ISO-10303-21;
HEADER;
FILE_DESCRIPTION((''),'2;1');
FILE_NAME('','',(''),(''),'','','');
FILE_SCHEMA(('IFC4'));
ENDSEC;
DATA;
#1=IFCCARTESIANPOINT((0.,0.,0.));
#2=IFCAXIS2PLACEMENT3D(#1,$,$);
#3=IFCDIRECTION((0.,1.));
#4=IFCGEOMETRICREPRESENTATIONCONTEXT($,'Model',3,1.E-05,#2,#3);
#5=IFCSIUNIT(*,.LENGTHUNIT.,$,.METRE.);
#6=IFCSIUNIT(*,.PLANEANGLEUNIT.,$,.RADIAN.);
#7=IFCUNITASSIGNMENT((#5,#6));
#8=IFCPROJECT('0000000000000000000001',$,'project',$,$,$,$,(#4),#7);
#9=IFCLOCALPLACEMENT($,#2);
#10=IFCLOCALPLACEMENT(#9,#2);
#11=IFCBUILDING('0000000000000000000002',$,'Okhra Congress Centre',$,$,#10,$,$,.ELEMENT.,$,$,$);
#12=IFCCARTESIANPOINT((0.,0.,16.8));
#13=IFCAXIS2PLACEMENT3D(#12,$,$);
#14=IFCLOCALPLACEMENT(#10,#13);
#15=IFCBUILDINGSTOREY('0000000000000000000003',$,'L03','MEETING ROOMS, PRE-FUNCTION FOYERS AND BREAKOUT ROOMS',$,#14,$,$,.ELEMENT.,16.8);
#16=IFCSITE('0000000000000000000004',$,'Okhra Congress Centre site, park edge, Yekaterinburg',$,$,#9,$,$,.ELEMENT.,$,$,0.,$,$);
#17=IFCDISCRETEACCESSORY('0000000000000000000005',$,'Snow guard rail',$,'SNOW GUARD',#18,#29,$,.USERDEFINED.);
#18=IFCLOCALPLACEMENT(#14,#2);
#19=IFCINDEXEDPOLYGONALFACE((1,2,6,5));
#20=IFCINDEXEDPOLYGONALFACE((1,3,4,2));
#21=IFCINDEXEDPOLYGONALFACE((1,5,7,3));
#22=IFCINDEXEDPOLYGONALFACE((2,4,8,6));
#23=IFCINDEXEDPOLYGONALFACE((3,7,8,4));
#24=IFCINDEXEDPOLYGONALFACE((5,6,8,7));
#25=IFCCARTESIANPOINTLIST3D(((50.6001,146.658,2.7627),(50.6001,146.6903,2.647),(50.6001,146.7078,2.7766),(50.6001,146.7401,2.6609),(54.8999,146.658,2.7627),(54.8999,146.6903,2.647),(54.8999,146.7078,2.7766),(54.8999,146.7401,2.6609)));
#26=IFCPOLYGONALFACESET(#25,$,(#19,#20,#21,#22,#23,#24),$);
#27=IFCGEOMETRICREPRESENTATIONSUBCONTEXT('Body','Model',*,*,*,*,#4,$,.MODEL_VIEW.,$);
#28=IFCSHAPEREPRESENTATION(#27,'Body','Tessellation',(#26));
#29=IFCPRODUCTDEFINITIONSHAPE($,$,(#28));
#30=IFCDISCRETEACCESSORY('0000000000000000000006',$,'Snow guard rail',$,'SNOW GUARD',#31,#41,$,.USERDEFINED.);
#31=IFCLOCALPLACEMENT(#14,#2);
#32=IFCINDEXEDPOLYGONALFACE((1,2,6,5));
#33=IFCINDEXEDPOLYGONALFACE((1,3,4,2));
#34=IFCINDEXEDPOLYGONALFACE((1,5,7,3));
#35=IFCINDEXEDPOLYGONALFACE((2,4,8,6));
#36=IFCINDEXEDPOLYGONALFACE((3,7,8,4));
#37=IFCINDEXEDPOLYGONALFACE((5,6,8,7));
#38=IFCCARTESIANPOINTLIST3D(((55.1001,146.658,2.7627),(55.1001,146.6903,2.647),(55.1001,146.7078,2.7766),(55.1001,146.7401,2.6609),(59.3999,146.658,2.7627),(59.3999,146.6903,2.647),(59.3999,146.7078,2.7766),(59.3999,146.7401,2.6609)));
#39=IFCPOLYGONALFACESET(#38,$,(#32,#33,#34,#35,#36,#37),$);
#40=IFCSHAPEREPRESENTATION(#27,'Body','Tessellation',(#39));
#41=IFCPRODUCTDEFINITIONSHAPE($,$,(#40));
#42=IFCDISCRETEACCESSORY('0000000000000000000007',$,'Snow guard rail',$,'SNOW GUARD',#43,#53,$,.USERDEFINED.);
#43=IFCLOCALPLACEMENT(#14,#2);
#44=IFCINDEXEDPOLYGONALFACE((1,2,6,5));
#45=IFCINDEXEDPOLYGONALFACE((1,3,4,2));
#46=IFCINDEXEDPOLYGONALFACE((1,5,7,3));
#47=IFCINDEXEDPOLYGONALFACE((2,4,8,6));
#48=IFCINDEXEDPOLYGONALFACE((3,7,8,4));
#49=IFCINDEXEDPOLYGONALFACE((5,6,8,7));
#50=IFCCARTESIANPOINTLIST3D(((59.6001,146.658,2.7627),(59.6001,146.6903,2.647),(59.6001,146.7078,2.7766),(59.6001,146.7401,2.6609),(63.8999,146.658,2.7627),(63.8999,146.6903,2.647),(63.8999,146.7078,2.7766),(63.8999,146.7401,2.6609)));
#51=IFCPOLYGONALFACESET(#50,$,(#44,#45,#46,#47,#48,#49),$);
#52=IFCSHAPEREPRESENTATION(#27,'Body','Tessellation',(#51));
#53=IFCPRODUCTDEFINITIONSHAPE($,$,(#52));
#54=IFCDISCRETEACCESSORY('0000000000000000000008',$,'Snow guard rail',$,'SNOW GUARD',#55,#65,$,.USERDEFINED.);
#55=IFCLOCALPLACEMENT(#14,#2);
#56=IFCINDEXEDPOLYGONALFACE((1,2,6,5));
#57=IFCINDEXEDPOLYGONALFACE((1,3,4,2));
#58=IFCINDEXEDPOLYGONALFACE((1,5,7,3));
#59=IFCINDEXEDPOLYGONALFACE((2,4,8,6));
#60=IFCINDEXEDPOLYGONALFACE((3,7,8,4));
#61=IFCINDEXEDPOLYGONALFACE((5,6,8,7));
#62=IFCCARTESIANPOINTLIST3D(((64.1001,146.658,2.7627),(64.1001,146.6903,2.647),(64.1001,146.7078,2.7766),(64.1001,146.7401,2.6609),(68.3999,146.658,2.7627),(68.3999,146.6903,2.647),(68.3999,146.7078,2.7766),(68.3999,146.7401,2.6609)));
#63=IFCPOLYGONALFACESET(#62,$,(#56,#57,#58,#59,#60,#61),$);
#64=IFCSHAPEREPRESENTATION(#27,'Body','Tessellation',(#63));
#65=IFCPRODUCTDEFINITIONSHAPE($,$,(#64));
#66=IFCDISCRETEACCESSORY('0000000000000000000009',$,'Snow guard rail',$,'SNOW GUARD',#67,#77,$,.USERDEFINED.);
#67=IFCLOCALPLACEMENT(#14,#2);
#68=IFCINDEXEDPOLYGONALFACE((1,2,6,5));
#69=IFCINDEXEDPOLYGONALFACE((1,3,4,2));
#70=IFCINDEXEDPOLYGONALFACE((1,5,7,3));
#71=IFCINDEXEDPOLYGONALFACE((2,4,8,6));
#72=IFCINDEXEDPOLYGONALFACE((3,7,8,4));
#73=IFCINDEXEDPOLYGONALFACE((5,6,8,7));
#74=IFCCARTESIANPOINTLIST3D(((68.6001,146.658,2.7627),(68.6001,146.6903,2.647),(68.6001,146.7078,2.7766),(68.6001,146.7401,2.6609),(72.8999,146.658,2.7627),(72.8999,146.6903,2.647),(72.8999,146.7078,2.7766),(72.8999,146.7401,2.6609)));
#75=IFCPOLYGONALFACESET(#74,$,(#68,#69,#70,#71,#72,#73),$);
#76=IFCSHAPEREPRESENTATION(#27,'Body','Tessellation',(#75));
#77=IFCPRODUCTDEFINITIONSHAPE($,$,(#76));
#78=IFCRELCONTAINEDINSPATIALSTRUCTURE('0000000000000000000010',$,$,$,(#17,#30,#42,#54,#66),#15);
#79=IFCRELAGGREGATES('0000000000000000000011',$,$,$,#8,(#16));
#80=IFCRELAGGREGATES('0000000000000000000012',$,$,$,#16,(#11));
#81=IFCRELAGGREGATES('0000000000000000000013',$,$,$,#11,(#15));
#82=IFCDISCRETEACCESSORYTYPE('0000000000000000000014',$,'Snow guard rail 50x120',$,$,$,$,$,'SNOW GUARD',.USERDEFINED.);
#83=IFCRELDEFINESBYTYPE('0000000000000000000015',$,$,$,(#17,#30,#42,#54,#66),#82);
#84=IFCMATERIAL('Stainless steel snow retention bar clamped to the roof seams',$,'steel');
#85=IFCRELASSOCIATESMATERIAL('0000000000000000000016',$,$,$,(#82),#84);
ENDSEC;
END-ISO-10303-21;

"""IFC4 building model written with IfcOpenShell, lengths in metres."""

from ifc_helpers import new_model, si_unit, direction, frame, origin, place, context, subcontext, project, spatial, polyline, outline, extrude, material, type_object, element, save


model = new_model("IFC4")

# Units and contexts
model_context = context("Model", 3, precision=1e-05, world=origin(), true_north=direction((0.0, 1.0)))
body_context = subcontext(model_context, "Body", "Model", "MODEL_VIEW")
ifc_project = project(units=[si_unit("LENGTHUNIT", "METRE"), si_unit("PLANEANGLEUNIT", "RADIAN")], contexts=[model_context])

# Site, building, storey
site_placement = place(None, origin())
site = spatial("IfcSite", under=ifc_project, at=site_placement, Name="Okhra Congress Centre site, park edge, Yekaterinburg", CompositionType="ELEMENT", RefElevation=0.0)
building_placement = place(site_placement, origin())
building = spatial("IfcBuilding", under=site, at=building_placement, Name="Okhra Congress Centre", CompositionType="ELEMENT")
storey_placement = place(building_placement, frame((0.0, 0.0, 16.8)))
storey = spatial("IfcBuildingStorey", under=building, at=storey_placement, Name="L03", Description="MEETING ROOMS, PRE-FUNCTION FOYERS AND BREAKOUT ROOMS", CompositionType="ELEMENT", Elevation=16.8)

# Discrete accessories
ifc_material_1 = material(Name="Stainless steel snow retention bar clamped to the roof seams", Category="steel")
discrete_accessory_type = type_object("IfcDiscreteAccessoryType", Name="Snow guard rail 50x120", ElementType="SNOW GUARD", PredefinedType="USERDEFINED", material=ifc_material_1)
for number, where, z_axis, x_axis, name in (
    (1, (50.6001, 146.658, 2.7627), (0.0, -0.269105, 0.963111), (1.0, 0.0, 0.0), "Snow guard rail"),
    (2, (55.1001, 146.658, 2.7627), (0.0, -0.269105, 0.963111), (1.0, 0.0, 0.0), "Snow guard rail"),
    (3, (59.6001, 146.658, 2.7627), (0.0, -0.269105, 0.963111), (1.0, 0.0, 0.0), "Snow guard rail"),
    (4, (64.1001, 146.658, 2.7627), (0.0, -0.269105, 0.963111), (1.0, 0.0, 0.0), "Snow guard rail"),
    (5, (68.6001, 146.658, 2.7627), (0.0, -0.269105, 0.963111), (1.0, 0.0, 0.0), "Snow guard rail"),
):
    element("IfcDiscreteAccessory", number, at=place(storey_placement, frame(where, z_axis=z_axis, x_axis=x_axis)), inside=storey, type_object=discrete_accessory_type, Name=name, ObjectType="SNOW GUARD", PredefinedType="USERDEFINED", context=body_context, shape_type="SweptSolid", body=[
        extrude(outline(polyline([(0.0, 0.0), (4.2998, 0.0), (4.2998, 0.0517), (0.0, 0.0517), (0.0, 0.0)])), origin(), (0.0, 0.0, -1.0), 0.1201),
    ])

save(model, "model.ifc")
